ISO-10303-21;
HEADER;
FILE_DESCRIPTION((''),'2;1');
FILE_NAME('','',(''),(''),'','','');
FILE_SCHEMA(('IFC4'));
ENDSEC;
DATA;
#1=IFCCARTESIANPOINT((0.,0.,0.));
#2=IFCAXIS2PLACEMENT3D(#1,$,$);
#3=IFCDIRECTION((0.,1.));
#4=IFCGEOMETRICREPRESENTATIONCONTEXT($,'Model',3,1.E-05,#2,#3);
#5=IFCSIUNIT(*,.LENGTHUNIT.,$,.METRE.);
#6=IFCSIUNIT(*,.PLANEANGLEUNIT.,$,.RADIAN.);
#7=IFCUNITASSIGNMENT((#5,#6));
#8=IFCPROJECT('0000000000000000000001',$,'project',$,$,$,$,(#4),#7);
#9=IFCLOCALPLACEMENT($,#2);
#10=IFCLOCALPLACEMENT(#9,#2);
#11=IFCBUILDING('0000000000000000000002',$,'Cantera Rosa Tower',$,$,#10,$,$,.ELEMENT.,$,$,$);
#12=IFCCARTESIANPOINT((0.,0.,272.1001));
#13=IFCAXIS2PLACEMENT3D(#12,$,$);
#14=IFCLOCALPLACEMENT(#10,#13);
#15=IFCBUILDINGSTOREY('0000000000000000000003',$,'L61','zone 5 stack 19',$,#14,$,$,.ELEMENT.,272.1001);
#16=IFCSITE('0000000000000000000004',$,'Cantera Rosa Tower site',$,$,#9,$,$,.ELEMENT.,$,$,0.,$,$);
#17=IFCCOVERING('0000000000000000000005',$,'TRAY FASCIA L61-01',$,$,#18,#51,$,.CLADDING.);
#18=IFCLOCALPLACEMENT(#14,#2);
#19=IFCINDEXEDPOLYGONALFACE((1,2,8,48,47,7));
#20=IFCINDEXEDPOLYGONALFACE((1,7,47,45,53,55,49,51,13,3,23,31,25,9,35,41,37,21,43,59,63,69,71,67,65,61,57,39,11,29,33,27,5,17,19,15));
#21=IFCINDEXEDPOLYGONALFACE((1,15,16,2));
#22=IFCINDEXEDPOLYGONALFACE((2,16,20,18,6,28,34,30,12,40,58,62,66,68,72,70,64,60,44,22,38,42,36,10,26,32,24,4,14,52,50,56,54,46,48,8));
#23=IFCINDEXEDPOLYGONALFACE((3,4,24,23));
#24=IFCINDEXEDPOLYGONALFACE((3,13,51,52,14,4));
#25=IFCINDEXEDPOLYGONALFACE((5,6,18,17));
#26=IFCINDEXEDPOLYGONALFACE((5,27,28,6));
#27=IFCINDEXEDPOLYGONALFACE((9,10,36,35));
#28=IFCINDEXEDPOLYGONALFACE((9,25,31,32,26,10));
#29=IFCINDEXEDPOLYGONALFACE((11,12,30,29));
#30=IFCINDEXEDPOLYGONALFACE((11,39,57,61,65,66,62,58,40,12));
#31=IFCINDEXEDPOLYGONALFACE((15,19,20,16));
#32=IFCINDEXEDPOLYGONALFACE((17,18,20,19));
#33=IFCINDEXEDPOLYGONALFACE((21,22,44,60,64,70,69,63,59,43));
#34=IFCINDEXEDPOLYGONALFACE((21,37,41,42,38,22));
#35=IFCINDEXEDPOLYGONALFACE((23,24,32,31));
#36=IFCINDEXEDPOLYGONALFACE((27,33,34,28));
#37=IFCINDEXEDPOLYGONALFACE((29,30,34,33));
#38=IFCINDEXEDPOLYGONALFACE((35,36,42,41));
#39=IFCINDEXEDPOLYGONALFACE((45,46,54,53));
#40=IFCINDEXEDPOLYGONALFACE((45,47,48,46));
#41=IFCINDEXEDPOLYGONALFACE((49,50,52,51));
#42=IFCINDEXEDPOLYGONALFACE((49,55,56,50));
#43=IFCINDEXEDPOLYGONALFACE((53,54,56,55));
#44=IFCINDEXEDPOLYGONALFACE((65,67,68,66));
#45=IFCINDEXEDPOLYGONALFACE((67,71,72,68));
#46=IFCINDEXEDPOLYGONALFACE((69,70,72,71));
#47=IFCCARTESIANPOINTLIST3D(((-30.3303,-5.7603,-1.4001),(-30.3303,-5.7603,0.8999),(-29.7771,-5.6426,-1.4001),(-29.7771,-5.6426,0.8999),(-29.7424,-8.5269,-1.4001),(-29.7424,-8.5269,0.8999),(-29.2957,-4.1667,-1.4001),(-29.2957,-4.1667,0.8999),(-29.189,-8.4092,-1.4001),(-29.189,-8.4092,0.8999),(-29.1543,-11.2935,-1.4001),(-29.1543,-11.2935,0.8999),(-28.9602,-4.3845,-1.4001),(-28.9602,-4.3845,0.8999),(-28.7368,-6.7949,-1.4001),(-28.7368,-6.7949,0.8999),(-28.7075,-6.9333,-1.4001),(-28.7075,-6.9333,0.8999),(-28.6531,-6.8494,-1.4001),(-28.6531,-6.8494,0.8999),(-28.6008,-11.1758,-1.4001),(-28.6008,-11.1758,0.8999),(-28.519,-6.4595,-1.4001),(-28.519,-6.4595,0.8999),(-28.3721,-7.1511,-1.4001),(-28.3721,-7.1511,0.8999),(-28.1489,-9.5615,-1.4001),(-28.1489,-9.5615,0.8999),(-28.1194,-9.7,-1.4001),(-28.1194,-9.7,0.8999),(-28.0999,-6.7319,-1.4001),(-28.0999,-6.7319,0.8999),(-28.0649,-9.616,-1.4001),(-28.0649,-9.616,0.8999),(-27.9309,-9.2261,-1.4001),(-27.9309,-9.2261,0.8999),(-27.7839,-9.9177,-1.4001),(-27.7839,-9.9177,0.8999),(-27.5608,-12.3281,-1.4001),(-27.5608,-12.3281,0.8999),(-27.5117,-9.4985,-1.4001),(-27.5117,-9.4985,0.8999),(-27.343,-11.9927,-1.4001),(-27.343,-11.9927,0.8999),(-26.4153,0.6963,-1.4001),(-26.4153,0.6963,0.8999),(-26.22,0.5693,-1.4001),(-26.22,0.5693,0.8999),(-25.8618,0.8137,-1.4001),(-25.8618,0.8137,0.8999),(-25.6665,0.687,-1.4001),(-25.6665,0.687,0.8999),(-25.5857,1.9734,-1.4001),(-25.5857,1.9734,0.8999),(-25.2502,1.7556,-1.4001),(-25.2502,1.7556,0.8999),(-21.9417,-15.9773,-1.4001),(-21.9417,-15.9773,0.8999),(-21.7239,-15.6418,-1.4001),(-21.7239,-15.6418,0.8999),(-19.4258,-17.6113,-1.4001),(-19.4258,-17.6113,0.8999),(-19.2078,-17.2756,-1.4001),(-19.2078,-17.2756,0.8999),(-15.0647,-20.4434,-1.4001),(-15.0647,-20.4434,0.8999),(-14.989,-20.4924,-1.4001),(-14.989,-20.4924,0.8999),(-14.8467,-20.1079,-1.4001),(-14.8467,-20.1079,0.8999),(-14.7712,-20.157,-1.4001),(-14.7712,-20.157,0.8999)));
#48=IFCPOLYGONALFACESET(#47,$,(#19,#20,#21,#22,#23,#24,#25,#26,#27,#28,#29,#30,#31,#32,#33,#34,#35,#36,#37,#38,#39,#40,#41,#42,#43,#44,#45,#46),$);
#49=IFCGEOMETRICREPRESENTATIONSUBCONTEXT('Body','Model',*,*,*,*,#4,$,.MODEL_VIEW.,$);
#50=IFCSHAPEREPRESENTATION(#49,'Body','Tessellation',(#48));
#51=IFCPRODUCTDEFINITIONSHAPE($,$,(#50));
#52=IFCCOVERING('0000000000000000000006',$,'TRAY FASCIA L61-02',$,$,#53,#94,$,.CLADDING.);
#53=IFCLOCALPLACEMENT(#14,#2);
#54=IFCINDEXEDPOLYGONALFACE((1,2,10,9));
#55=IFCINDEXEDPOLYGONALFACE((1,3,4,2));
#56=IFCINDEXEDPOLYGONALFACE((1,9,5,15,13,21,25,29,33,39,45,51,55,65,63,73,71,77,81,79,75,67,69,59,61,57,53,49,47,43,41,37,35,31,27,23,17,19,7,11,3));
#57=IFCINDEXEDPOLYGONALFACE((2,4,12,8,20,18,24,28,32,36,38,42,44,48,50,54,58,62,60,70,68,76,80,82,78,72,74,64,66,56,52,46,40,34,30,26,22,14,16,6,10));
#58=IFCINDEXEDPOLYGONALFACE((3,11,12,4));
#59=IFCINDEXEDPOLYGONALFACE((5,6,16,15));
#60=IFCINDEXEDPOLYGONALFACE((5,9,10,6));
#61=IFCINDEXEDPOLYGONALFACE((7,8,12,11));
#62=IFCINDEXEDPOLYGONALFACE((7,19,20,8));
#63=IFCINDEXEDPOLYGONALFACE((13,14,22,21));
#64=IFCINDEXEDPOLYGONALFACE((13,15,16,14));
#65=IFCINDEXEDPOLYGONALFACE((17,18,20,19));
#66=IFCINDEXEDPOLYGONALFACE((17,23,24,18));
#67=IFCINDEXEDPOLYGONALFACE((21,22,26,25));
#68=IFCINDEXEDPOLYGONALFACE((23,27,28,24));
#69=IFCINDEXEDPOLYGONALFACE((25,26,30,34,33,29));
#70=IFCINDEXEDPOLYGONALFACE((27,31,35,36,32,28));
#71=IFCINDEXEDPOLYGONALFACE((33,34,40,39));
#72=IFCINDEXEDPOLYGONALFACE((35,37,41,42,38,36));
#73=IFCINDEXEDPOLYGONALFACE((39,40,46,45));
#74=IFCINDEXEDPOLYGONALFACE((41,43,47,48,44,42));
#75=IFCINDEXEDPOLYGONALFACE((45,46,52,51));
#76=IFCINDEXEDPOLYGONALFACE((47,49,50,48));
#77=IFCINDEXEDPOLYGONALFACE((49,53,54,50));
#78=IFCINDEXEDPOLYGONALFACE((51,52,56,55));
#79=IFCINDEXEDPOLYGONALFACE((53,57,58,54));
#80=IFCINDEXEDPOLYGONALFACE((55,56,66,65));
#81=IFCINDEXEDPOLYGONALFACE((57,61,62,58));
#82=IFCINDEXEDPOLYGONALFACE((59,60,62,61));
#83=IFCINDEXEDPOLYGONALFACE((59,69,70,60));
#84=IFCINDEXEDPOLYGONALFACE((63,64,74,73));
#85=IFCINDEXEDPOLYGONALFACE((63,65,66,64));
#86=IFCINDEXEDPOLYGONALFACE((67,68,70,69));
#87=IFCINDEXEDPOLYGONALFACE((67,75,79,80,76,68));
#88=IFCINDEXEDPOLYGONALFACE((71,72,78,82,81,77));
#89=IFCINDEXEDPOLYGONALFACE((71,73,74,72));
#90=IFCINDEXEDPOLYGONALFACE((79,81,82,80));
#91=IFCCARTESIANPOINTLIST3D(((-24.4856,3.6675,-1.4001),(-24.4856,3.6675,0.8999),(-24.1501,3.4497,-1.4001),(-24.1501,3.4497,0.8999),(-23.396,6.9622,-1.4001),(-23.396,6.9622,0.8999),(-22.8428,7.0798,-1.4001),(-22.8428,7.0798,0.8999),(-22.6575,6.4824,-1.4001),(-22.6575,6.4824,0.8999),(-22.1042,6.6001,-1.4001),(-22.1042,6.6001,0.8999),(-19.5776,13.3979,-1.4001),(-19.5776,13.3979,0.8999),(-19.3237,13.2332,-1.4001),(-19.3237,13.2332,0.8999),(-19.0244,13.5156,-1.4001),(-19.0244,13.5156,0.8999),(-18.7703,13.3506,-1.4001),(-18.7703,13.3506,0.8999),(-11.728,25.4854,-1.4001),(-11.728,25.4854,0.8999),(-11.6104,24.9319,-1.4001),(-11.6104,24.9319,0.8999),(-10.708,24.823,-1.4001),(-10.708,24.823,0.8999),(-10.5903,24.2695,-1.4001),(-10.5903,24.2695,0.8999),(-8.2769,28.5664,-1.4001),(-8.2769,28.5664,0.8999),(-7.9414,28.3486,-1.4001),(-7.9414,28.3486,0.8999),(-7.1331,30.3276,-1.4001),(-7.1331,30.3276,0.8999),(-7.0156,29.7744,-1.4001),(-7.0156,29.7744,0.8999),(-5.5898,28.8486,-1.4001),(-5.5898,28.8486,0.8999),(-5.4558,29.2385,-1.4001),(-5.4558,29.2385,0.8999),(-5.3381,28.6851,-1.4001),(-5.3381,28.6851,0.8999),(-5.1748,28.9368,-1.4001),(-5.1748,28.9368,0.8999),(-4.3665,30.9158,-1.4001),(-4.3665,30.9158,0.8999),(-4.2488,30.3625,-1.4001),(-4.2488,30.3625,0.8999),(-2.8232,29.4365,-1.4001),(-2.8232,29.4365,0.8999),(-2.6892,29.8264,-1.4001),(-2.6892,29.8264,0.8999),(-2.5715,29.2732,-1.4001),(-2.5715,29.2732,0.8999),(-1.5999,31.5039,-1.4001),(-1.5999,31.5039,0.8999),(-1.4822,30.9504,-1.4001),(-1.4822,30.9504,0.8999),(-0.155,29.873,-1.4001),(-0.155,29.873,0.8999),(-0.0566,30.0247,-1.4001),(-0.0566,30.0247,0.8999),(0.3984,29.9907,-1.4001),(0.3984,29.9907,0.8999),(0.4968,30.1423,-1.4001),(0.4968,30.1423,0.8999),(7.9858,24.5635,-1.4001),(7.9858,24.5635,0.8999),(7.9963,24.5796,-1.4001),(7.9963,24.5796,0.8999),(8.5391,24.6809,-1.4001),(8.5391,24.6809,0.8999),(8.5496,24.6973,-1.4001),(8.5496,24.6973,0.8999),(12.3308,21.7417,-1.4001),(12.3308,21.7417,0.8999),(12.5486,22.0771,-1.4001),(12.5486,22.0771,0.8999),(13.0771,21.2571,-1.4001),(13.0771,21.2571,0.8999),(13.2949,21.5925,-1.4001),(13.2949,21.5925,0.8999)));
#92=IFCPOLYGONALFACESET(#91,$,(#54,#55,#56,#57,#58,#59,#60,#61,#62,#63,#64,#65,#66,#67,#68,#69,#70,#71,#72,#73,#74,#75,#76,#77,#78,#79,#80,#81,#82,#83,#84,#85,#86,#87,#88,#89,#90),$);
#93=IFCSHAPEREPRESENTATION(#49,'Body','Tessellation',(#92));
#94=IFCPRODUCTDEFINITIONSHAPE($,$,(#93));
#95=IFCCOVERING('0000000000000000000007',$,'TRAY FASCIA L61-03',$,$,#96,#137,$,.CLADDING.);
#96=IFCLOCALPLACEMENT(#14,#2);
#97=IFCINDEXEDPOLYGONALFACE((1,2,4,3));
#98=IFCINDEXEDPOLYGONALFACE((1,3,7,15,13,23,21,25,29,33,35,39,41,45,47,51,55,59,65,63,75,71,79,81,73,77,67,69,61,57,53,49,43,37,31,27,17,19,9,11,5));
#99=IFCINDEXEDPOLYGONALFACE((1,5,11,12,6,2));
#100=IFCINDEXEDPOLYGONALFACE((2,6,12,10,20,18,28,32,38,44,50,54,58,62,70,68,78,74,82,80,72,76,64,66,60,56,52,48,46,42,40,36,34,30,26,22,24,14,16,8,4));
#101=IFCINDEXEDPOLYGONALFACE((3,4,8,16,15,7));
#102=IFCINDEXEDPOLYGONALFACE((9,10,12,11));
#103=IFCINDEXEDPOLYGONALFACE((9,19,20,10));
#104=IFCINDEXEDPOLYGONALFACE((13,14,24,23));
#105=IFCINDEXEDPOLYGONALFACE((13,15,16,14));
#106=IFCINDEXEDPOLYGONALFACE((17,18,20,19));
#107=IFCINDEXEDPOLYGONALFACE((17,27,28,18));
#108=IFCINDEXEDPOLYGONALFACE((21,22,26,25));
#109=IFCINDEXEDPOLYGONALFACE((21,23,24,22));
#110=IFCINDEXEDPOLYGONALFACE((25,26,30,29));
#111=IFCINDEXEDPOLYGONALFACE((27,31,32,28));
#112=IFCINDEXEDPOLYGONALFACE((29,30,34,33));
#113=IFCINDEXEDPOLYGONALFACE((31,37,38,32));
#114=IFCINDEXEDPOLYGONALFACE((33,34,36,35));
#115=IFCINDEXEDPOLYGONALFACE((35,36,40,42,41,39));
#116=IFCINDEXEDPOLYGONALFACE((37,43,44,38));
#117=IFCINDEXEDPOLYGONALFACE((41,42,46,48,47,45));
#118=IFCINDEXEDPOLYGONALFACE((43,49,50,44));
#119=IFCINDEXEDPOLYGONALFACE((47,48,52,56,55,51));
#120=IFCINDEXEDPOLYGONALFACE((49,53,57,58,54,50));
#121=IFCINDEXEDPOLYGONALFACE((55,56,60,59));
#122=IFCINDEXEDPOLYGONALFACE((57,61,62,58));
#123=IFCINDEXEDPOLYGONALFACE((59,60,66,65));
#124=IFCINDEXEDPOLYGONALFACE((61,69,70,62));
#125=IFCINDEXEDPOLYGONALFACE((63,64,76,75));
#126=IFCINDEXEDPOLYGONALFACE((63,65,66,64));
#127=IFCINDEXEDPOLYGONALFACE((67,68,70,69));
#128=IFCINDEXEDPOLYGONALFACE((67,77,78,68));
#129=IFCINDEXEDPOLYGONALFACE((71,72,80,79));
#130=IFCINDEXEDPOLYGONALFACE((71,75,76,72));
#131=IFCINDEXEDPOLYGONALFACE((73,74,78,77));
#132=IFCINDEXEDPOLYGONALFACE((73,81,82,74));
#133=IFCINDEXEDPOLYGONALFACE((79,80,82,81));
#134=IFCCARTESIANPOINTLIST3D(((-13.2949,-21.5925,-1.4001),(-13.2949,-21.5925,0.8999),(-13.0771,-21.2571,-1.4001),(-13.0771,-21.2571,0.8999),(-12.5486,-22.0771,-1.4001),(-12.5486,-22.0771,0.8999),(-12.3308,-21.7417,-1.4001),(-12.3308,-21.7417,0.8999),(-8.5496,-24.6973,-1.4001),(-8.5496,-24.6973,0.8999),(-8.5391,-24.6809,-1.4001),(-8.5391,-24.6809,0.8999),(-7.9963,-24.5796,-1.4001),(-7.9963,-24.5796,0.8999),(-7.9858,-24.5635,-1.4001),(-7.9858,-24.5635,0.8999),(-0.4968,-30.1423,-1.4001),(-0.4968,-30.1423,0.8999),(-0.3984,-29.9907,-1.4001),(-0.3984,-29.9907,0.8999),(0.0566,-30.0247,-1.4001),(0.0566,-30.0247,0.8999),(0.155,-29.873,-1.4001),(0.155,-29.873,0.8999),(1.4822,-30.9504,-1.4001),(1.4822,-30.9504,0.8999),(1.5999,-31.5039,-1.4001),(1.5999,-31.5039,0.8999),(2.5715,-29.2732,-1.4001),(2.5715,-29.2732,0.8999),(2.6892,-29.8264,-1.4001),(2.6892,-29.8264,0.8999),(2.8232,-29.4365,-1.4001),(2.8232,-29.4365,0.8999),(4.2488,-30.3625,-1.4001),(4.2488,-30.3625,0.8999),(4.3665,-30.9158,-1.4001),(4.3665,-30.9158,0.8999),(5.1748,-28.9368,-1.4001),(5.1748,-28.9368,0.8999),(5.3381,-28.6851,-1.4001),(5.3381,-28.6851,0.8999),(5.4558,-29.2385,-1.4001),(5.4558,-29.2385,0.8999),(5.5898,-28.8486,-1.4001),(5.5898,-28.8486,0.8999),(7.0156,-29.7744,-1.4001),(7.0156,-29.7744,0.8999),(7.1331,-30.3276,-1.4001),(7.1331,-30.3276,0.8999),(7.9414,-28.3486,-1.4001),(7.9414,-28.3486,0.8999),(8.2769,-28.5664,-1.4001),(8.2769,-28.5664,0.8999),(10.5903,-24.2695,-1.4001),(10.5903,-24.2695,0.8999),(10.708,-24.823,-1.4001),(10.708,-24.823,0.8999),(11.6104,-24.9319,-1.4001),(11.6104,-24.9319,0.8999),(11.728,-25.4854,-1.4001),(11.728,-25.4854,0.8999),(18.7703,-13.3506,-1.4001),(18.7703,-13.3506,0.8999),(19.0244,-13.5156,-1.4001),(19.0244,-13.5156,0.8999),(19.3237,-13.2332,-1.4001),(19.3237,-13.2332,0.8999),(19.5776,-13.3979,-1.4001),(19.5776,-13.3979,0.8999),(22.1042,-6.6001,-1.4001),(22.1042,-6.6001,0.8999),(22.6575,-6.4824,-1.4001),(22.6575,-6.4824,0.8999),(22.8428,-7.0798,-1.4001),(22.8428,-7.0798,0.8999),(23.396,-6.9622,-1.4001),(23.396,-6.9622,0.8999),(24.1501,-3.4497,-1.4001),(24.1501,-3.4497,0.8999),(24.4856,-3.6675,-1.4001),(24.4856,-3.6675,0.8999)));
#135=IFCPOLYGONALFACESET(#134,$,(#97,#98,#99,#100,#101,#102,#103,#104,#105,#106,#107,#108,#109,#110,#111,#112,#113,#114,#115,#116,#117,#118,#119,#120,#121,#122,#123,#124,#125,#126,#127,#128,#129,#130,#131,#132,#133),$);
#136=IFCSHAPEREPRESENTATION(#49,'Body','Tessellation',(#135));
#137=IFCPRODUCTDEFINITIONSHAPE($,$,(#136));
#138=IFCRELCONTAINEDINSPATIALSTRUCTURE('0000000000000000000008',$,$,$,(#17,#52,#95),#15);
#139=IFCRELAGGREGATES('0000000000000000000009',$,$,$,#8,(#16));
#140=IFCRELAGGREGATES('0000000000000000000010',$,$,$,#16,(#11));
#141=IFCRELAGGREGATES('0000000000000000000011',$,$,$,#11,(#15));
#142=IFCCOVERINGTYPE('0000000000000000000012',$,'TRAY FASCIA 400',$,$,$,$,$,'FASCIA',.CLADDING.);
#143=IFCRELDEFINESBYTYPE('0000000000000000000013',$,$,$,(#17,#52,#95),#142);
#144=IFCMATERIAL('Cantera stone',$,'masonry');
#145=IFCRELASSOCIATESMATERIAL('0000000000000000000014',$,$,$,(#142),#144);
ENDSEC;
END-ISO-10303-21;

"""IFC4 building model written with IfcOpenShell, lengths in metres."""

from ifc_helpers import new_model, si_unit, direction, frame, origin, place, context, subcontext, project, spatial, polyline, outline, extrude, material, type_object, element, save


model = new_model("IFC4")

# Units and contexts
model_context = context("Model", 3, precision=1e-05, world=origin(), true_north=direction((0.0, 1.0)))
body_context = subcontext(model_context, "Body", "Model", "MODEL_VIEW")
ifc_project = project(units=[si_unit("LENGTHUNIT", "METRE"), si_unit("PLANEANGLEUNIT", "RADIAN")], contexts=[model_context])

# Site, building, storey
site_placement = place(None, origin())
site = spatial("IfcSite", under=ifc_project, at=site_placement, Name="Cantera Rosa Tower site", CompositionType="ELEMENT", RefElevation=0.0)
building_placement = place(site_placement, origin())
building = spatial("IfcBuilding", under=site, at=building_placement, Name="Cantera Rosa Tower", CompositionType="ELEMENT")
storey_placement = place(building_placement, frame((0.0, 0.0, 272.1001)))
storey = spatial("IfcBuildingStorey", under=building, at=storey_placement, Name="L61", Description="zone 5 stack 19", CompositionType="ELEMENT", Elevation=272.1001)

# Coverings
ifc_material_1 = material(Name="Cantera stone", Category="masonry")
covering_type_1 = type_object("IfcCoveringType", Name="TRAY FASCIA 400", ElementType="FASCIA", PredefinedType="CLADDING", material=ifc_material_1)
covering_1_placement = place(storey_placement, frame((0.0, 0.0, -1.4001)))
element("IfcCovering", 1, at=covering_1_placement, inside=storey, type_object=covering_type_1, Name="TRAY FASCIA L61-01", PredefinedType="CLADDING", context=body_context, shape_type="SweptSolid", body=[
    extrude(outline(polyline([(-25.5857, 1.9734), (-25.2502, 1.7556), (-25.8618, 0.8137), (-25.6665, 0.687), (-28.9602, -4.3845), (-29.7771, -5.6426), (-28.519, -6.4595), (-28.0999, -6.7319), (-28.3721, -7.1511), (-29.189, -8.4092), (-27.9309, -9.2261), (-27.5117, -9.4985), (-27.7839, -9.9177), (-28.6008, -11.1758), (-27.343, -11.9927), (-21.7239, -15.6418), (-19.2078, -17.2756), (-14.8467, -20.1079), (-14.7712, -20.157), (-14.989, -20.4924), (-15.0647, -20.4434), (-19.4258, -17.6113), (-21.9417, -15.9773), (-27.5608, -12.3281), (-29.1543, -11.2935), (-28.1194, -9.7), (-28.0649, -9.616), (-28.1489, -9.5615), (-29.7424, -8.5269), (-28.7075, -6.9333), (-28.6531, -6.8494), (-28.7368, -6.7949), (-30.3303, -5.7603), (-29.2957, -4.1667), (-26.22, 0.5693), (-26.4153, 0.6963), (-25.5857, 1.9734)])), origin(), (0.0, 0.0, 1.0), 2.3),
])
covering_2_placement = place(storey_placement, frame((0.0, 0.0, -1.4001)))
element("IfcCovering", 2, at=covering_2_placement, inside=storey, type_object=covering_type_1, Name="TRAY FASCIA L61-02", PredefinedType="CLADDING", context=body_context, shape_type="SweptSolid", body=[
    extrude(outline(polyline([(-22.6575, 6.4824), (-23.396, 6.9622), (-19.3237, 13.2332), (-19.5776, 13.3979), (-11.728, 25.4854), (-10.708, 24.823), (-8.2769, 28.5664), (-7.1331, 30.3276), (-5.4558, 29.2385), (-4.3665, 30.9158), (-2.6892, 29.8264), (-1.5999, 31.5039), (0.4968, 30.1423), (0.3984, 29.9907), (8.5496, 24.6973), (8.5391, 24.6809), (12.5486, 22.0771), (13.2949, 21.5925), (13.0771, 21.2571), (12.3308, 21.7417), (7.9858, 24.5635), (7.9963, 24.5796), (-0.155, 29.873), (-0.0566, 30.0247), (-1.4822, 30.9504), (-2.5715, 29.2732), (-2.8232, 29.4365), (-4.2488, 30.3625), (-5.1748, 28.9368), (-5.3381, 28.6851), (-5.5898, 28.8486), (-7.0156, 29.7744), (-7.9414, 28.3486), (-10.5903, 24.2695), (-11.6104, 24.9319), (-19.0244, 13.5156), (-18.7703, 13.3506), (-22.8428, 7.0798), (-22.1042, 6.6001), (-24.1501, 3.4497), (-24.4856, 3.6675), (-22.6575, 6.4824)])), origin(), (0.0, 0.0, 1.0), 2.3),
])
covering_3_placement = place(storey_placement, frame((0.0, 0.0, -1.4001)))
element("IfcCovering", 3, at=covering_3_placement, inside=storey, type_object=covering_type_1, Name="TRAY FASCIA L61-03", PredefinedType="CLADDING", context=body_context, shape_type="SweptSolid", body=[
    extrude(outline(polyline([(22.6575, -6.4824), (23.396, -6.9622), (19.3237, -13.2332), (19.5776, -13.3979), (11.728, -25.4854), (10.708, -24.823), (8.2769, -28.5664), (7.1331, -30.3276), (5.4558, -29.2385), (4.3665, -30.9158), (2.6892, -29.8264), (1.5999, -31.5039), (-0.4968, -30.1423), (-0.3984, -29.9907), (-8.5496, -24.6973), (-8.5391, -24.6809), (-12.5486, -22.0771), (-13.2949, -21.5925), (-13.0771, -21.2571), (-12.3308, -21.7417), (-7.9858, -24.5635), (-7.9963, -24.5796), (0.155, -29.873), (0.0566, -30.0247), (1.4822, -30.9504), (2.5715, -29.2732), (2.8232, -29.4365), (4.2488, -30.3625), (5.1748, -28.9368), (5.3381, -28.6851), (5.5898, -28.8486), (7.0156, -29.7744), (7.9414, -28.3486), (10.5903, -24.2695), (11.6104, -24.9319), (19.0244, -13.5156), (18.7703, -13.3506), (22.8428, -7.0798), (22.1042, -6.6001), (24.1501, -3.4497), (24.4856, -3.6675), (22.6575, -6.4824)])), origin(), (0.0, 0.0, 1.0), 2.3),
])

save(model, "model.ifc")
